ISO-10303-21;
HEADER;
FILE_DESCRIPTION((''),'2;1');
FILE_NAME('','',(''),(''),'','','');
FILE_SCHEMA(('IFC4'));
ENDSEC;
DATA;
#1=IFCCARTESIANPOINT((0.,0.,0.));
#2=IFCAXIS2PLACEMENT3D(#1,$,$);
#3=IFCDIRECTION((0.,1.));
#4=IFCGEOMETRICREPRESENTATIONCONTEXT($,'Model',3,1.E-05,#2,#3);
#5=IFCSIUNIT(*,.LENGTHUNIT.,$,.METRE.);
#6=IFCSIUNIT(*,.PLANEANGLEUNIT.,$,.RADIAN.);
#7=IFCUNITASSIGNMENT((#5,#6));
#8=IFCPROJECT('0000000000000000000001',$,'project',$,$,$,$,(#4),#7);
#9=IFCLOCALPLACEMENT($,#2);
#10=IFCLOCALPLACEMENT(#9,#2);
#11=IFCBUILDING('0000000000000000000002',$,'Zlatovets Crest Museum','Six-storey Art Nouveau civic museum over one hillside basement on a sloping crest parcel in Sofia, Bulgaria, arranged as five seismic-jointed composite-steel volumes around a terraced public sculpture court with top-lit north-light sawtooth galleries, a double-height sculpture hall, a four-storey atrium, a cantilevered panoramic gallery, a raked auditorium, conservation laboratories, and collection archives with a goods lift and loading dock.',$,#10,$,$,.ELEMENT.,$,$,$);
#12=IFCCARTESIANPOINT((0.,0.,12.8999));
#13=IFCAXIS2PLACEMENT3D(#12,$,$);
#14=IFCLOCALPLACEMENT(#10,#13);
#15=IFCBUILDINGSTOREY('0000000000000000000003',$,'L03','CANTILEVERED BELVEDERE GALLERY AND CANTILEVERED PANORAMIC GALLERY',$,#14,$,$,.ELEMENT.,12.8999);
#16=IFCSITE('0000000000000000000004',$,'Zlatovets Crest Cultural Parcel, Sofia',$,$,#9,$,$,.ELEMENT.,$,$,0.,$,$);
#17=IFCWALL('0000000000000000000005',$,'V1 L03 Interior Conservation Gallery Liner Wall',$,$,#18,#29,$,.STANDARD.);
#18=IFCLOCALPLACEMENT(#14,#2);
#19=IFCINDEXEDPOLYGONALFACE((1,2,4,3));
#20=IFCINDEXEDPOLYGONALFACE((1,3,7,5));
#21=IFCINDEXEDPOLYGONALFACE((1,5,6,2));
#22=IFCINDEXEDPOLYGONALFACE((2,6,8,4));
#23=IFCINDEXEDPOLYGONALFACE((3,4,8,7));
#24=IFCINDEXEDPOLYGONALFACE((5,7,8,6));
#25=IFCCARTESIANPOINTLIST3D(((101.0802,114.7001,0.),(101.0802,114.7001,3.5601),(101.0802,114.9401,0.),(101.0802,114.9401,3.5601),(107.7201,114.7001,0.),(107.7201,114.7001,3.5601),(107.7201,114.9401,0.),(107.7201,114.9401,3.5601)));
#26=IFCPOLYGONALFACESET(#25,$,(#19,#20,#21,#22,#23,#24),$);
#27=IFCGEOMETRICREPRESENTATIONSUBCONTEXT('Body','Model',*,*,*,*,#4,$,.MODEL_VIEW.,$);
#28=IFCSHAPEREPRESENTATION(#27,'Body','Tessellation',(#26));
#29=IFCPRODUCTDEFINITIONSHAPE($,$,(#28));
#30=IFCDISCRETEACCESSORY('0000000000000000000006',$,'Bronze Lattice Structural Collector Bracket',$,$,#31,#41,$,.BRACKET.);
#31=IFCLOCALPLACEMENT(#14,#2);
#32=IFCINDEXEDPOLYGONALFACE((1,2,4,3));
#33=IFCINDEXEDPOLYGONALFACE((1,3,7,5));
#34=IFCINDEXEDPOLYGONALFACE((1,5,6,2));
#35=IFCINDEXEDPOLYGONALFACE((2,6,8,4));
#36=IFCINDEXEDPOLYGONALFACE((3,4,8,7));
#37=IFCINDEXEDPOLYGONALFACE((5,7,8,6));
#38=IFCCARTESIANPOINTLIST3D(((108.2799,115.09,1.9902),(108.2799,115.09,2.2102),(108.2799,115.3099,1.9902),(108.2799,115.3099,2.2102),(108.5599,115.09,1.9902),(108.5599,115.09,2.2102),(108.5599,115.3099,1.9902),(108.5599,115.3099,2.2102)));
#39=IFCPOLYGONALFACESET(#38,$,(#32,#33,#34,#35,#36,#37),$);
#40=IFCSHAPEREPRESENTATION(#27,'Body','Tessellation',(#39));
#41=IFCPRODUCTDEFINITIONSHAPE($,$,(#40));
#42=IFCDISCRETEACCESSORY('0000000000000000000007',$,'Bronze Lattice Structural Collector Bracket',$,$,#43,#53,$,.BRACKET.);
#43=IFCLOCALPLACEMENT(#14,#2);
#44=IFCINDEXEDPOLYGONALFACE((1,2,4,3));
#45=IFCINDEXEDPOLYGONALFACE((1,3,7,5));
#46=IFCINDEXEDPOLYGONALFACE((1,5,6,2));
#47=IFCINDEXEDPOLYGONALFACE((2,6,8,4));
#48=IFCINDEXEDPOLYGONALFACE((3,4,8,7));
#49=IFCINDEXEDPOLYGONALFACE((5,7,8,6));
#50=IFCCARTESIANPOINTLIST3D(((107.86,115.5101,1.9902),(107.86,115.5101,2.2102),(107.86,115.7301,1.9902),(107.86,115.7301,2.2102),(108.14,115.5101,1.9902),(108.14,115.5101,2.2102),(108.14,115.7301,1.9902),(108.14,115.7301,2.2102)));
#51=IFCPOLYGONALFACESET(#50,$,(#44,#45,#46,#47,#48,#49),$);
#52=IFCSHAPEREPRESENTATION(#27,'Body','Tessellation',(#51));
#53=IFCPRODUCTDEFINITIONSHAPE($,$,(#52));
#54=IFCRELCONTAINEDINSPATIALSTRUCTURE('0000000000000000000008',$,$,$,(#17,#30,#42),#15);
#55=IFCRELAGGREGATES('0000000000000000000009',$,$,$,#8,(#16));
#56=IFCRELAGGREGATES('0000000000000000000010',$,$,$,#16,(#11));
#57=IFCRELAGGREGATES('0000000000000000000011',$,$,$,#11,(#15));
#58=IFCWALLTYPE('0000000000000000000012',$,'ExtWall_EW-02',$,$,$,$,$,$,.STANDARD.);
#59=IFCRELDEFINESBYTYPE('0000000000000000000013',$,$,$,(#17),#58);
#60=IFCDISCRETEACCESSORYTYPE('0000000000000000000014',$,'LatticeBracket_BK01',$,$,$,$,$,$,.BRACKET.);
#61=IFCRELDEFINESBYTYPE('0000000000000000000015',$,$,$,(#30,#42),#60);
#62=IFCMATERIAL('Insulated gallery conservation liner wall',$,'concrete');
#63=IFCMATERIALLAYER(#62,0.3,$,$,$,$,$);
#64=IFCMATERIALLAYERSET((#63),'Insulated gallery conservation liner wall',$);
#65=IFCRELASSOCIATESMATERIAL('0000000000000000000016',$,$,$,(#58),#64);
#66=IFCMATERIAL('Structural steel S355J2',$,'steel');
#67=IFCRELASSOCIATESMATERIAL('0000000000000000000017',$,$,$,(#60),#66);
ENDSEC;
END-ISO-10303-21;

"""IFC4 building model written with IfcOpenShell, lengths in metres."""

from ifc_helpers import new_model, si_unit, direction, frame, frame_2d, origin, origin_2d, place, context, subcontext, project, spatial, rectangle, extrude, material, layer, layer_set, type_object, element, save


model = new_model("IFC4")

# Units and contexts
model_context = context("Model", 3, precision=1e-05, world=origin(), true_north=direction((0.0, 1.0)))
body_context = subcontext(model_context, "Body", "Model", "MODEL_VIEW")
ifc_project = project(units=[si_unit("LENGTHUNIT", "METRE"), si_unit("PLANEANGLEUNIT", "RADIAN")], contexts=[model_context])

# Site, building, storey
site_placement = place(None, origin())
site = spatial("IfcSite", under=ifc_project, at=site_placement, Name="Zlatovets Crest Cultural Parcel, Sofia", CompositionType="ELEMENT", RefElevation=0.0)
building_placement = place(site_placement, origin())
building = spatial("IfcBuilding", under=site, at=building_placement, Name="Zlatovets Crest Museum", Description="Six-storey Art Nouveau civic museum over one hillside basement on a sloping crest parcel in Sofia, Bulgaria, arranged as five seismic-jointed composite-steel volumes around a terraced public sculpture court with top-lit north-light sawtooth galleries, a double-height sculpture hall, a four-storey atrium, a cantilevered panoramic gallery, a raked auditorium, conservation laboratories, and collection archives with a goods lift and loading dock.", CompositionType="ELEMENT")
storey_placement = place(building_placement, frame((0.0, 0.0, 12.8999)))
storey = spatial("IfcBuildingStorey", under=building, at=storey_placement, Name="L03", Description="CANTILEVERED BELVEDERE GALLERY AND CANTILEVERED PANORAMIC GALLERY", CompositionType="ELEMENT", Elevation=12.8999)

# Shared definitions
ifc_material_1 = material(Name="Structural steel S355J2", Category="steel")

# Wall
ifc_material_2 = material(Name="Insulated gallery conservation liner wall", Category="concrete")
ifc_layer_1 = layer(ifc_material_2, 0.3)
ifc_layer_set_1 = layer_set([ifc_layer_1], Name="Insulated gallery conservation liner wall")
wall_type = type_object("IfcWallType", Name="ExtWall_EW-02", PredefinedType="STANDARD", material=ifc_layer_set_1)
wall_placement = place(storey_placement, frame((107.72, 114.8201, 0.0), z_axis=(0.0, 0.0, 1.0), x_axis=(-1.0, 0.0, 0.0)))
element("IfcWall", 1, at=wall_placement, inside=storey, type_object=wall_type, Name="V1 L03 Interior Conservation Gallery Liner Wall", PredefinedType="STANDARD", context=body_context, shape_type="SweptSolid", body=[
    extrude(rectangle(XDim=6.6399, YDim=0.24, at=frame_2d((3.3198, 0.0))), origin(), (0.0, 0.0, 1.0), 3.5601),
])

# Discrete accessories
discrete_accessory_type = type_object("IfcDiscreteAccessoryType", Name="LatticeBracket_BK01", PredefinedType="BRACKET", material=ifc_material_1)
for number, where, z_axis, x_axis, name in (
    (2, (108.4199, 115.2, 1.9902), (0.0, 0.0, 1.0), (1.0, 0.0, 0.0), "Bronze Lattice Structural Collector Bracket"),
    (3, (108.0, 115.6201, 1.9902), (0.0, 0.0, 1.0), (1.0, 0.0, 0.0), "Bronze Lattice Structural Collector Bracket"),
):
    element("IfcDiscreteAccessory", number, at=place(storey_placement, frame(where, z_axis=z_axis, x_axis=x_axis)), inside=storey, type_object=discrete_accessory_type, Name=name, PredefinedType="BRACKET", context=body_context, shape_type="SweptSolid", body=[
        extrude(rectangle(XDim=0.28, YDim=0.22, at=origin_2d()), origin(), (0.0, 0.0, 1.0), 0.22),
    ])

save(model, "model.ifc")
